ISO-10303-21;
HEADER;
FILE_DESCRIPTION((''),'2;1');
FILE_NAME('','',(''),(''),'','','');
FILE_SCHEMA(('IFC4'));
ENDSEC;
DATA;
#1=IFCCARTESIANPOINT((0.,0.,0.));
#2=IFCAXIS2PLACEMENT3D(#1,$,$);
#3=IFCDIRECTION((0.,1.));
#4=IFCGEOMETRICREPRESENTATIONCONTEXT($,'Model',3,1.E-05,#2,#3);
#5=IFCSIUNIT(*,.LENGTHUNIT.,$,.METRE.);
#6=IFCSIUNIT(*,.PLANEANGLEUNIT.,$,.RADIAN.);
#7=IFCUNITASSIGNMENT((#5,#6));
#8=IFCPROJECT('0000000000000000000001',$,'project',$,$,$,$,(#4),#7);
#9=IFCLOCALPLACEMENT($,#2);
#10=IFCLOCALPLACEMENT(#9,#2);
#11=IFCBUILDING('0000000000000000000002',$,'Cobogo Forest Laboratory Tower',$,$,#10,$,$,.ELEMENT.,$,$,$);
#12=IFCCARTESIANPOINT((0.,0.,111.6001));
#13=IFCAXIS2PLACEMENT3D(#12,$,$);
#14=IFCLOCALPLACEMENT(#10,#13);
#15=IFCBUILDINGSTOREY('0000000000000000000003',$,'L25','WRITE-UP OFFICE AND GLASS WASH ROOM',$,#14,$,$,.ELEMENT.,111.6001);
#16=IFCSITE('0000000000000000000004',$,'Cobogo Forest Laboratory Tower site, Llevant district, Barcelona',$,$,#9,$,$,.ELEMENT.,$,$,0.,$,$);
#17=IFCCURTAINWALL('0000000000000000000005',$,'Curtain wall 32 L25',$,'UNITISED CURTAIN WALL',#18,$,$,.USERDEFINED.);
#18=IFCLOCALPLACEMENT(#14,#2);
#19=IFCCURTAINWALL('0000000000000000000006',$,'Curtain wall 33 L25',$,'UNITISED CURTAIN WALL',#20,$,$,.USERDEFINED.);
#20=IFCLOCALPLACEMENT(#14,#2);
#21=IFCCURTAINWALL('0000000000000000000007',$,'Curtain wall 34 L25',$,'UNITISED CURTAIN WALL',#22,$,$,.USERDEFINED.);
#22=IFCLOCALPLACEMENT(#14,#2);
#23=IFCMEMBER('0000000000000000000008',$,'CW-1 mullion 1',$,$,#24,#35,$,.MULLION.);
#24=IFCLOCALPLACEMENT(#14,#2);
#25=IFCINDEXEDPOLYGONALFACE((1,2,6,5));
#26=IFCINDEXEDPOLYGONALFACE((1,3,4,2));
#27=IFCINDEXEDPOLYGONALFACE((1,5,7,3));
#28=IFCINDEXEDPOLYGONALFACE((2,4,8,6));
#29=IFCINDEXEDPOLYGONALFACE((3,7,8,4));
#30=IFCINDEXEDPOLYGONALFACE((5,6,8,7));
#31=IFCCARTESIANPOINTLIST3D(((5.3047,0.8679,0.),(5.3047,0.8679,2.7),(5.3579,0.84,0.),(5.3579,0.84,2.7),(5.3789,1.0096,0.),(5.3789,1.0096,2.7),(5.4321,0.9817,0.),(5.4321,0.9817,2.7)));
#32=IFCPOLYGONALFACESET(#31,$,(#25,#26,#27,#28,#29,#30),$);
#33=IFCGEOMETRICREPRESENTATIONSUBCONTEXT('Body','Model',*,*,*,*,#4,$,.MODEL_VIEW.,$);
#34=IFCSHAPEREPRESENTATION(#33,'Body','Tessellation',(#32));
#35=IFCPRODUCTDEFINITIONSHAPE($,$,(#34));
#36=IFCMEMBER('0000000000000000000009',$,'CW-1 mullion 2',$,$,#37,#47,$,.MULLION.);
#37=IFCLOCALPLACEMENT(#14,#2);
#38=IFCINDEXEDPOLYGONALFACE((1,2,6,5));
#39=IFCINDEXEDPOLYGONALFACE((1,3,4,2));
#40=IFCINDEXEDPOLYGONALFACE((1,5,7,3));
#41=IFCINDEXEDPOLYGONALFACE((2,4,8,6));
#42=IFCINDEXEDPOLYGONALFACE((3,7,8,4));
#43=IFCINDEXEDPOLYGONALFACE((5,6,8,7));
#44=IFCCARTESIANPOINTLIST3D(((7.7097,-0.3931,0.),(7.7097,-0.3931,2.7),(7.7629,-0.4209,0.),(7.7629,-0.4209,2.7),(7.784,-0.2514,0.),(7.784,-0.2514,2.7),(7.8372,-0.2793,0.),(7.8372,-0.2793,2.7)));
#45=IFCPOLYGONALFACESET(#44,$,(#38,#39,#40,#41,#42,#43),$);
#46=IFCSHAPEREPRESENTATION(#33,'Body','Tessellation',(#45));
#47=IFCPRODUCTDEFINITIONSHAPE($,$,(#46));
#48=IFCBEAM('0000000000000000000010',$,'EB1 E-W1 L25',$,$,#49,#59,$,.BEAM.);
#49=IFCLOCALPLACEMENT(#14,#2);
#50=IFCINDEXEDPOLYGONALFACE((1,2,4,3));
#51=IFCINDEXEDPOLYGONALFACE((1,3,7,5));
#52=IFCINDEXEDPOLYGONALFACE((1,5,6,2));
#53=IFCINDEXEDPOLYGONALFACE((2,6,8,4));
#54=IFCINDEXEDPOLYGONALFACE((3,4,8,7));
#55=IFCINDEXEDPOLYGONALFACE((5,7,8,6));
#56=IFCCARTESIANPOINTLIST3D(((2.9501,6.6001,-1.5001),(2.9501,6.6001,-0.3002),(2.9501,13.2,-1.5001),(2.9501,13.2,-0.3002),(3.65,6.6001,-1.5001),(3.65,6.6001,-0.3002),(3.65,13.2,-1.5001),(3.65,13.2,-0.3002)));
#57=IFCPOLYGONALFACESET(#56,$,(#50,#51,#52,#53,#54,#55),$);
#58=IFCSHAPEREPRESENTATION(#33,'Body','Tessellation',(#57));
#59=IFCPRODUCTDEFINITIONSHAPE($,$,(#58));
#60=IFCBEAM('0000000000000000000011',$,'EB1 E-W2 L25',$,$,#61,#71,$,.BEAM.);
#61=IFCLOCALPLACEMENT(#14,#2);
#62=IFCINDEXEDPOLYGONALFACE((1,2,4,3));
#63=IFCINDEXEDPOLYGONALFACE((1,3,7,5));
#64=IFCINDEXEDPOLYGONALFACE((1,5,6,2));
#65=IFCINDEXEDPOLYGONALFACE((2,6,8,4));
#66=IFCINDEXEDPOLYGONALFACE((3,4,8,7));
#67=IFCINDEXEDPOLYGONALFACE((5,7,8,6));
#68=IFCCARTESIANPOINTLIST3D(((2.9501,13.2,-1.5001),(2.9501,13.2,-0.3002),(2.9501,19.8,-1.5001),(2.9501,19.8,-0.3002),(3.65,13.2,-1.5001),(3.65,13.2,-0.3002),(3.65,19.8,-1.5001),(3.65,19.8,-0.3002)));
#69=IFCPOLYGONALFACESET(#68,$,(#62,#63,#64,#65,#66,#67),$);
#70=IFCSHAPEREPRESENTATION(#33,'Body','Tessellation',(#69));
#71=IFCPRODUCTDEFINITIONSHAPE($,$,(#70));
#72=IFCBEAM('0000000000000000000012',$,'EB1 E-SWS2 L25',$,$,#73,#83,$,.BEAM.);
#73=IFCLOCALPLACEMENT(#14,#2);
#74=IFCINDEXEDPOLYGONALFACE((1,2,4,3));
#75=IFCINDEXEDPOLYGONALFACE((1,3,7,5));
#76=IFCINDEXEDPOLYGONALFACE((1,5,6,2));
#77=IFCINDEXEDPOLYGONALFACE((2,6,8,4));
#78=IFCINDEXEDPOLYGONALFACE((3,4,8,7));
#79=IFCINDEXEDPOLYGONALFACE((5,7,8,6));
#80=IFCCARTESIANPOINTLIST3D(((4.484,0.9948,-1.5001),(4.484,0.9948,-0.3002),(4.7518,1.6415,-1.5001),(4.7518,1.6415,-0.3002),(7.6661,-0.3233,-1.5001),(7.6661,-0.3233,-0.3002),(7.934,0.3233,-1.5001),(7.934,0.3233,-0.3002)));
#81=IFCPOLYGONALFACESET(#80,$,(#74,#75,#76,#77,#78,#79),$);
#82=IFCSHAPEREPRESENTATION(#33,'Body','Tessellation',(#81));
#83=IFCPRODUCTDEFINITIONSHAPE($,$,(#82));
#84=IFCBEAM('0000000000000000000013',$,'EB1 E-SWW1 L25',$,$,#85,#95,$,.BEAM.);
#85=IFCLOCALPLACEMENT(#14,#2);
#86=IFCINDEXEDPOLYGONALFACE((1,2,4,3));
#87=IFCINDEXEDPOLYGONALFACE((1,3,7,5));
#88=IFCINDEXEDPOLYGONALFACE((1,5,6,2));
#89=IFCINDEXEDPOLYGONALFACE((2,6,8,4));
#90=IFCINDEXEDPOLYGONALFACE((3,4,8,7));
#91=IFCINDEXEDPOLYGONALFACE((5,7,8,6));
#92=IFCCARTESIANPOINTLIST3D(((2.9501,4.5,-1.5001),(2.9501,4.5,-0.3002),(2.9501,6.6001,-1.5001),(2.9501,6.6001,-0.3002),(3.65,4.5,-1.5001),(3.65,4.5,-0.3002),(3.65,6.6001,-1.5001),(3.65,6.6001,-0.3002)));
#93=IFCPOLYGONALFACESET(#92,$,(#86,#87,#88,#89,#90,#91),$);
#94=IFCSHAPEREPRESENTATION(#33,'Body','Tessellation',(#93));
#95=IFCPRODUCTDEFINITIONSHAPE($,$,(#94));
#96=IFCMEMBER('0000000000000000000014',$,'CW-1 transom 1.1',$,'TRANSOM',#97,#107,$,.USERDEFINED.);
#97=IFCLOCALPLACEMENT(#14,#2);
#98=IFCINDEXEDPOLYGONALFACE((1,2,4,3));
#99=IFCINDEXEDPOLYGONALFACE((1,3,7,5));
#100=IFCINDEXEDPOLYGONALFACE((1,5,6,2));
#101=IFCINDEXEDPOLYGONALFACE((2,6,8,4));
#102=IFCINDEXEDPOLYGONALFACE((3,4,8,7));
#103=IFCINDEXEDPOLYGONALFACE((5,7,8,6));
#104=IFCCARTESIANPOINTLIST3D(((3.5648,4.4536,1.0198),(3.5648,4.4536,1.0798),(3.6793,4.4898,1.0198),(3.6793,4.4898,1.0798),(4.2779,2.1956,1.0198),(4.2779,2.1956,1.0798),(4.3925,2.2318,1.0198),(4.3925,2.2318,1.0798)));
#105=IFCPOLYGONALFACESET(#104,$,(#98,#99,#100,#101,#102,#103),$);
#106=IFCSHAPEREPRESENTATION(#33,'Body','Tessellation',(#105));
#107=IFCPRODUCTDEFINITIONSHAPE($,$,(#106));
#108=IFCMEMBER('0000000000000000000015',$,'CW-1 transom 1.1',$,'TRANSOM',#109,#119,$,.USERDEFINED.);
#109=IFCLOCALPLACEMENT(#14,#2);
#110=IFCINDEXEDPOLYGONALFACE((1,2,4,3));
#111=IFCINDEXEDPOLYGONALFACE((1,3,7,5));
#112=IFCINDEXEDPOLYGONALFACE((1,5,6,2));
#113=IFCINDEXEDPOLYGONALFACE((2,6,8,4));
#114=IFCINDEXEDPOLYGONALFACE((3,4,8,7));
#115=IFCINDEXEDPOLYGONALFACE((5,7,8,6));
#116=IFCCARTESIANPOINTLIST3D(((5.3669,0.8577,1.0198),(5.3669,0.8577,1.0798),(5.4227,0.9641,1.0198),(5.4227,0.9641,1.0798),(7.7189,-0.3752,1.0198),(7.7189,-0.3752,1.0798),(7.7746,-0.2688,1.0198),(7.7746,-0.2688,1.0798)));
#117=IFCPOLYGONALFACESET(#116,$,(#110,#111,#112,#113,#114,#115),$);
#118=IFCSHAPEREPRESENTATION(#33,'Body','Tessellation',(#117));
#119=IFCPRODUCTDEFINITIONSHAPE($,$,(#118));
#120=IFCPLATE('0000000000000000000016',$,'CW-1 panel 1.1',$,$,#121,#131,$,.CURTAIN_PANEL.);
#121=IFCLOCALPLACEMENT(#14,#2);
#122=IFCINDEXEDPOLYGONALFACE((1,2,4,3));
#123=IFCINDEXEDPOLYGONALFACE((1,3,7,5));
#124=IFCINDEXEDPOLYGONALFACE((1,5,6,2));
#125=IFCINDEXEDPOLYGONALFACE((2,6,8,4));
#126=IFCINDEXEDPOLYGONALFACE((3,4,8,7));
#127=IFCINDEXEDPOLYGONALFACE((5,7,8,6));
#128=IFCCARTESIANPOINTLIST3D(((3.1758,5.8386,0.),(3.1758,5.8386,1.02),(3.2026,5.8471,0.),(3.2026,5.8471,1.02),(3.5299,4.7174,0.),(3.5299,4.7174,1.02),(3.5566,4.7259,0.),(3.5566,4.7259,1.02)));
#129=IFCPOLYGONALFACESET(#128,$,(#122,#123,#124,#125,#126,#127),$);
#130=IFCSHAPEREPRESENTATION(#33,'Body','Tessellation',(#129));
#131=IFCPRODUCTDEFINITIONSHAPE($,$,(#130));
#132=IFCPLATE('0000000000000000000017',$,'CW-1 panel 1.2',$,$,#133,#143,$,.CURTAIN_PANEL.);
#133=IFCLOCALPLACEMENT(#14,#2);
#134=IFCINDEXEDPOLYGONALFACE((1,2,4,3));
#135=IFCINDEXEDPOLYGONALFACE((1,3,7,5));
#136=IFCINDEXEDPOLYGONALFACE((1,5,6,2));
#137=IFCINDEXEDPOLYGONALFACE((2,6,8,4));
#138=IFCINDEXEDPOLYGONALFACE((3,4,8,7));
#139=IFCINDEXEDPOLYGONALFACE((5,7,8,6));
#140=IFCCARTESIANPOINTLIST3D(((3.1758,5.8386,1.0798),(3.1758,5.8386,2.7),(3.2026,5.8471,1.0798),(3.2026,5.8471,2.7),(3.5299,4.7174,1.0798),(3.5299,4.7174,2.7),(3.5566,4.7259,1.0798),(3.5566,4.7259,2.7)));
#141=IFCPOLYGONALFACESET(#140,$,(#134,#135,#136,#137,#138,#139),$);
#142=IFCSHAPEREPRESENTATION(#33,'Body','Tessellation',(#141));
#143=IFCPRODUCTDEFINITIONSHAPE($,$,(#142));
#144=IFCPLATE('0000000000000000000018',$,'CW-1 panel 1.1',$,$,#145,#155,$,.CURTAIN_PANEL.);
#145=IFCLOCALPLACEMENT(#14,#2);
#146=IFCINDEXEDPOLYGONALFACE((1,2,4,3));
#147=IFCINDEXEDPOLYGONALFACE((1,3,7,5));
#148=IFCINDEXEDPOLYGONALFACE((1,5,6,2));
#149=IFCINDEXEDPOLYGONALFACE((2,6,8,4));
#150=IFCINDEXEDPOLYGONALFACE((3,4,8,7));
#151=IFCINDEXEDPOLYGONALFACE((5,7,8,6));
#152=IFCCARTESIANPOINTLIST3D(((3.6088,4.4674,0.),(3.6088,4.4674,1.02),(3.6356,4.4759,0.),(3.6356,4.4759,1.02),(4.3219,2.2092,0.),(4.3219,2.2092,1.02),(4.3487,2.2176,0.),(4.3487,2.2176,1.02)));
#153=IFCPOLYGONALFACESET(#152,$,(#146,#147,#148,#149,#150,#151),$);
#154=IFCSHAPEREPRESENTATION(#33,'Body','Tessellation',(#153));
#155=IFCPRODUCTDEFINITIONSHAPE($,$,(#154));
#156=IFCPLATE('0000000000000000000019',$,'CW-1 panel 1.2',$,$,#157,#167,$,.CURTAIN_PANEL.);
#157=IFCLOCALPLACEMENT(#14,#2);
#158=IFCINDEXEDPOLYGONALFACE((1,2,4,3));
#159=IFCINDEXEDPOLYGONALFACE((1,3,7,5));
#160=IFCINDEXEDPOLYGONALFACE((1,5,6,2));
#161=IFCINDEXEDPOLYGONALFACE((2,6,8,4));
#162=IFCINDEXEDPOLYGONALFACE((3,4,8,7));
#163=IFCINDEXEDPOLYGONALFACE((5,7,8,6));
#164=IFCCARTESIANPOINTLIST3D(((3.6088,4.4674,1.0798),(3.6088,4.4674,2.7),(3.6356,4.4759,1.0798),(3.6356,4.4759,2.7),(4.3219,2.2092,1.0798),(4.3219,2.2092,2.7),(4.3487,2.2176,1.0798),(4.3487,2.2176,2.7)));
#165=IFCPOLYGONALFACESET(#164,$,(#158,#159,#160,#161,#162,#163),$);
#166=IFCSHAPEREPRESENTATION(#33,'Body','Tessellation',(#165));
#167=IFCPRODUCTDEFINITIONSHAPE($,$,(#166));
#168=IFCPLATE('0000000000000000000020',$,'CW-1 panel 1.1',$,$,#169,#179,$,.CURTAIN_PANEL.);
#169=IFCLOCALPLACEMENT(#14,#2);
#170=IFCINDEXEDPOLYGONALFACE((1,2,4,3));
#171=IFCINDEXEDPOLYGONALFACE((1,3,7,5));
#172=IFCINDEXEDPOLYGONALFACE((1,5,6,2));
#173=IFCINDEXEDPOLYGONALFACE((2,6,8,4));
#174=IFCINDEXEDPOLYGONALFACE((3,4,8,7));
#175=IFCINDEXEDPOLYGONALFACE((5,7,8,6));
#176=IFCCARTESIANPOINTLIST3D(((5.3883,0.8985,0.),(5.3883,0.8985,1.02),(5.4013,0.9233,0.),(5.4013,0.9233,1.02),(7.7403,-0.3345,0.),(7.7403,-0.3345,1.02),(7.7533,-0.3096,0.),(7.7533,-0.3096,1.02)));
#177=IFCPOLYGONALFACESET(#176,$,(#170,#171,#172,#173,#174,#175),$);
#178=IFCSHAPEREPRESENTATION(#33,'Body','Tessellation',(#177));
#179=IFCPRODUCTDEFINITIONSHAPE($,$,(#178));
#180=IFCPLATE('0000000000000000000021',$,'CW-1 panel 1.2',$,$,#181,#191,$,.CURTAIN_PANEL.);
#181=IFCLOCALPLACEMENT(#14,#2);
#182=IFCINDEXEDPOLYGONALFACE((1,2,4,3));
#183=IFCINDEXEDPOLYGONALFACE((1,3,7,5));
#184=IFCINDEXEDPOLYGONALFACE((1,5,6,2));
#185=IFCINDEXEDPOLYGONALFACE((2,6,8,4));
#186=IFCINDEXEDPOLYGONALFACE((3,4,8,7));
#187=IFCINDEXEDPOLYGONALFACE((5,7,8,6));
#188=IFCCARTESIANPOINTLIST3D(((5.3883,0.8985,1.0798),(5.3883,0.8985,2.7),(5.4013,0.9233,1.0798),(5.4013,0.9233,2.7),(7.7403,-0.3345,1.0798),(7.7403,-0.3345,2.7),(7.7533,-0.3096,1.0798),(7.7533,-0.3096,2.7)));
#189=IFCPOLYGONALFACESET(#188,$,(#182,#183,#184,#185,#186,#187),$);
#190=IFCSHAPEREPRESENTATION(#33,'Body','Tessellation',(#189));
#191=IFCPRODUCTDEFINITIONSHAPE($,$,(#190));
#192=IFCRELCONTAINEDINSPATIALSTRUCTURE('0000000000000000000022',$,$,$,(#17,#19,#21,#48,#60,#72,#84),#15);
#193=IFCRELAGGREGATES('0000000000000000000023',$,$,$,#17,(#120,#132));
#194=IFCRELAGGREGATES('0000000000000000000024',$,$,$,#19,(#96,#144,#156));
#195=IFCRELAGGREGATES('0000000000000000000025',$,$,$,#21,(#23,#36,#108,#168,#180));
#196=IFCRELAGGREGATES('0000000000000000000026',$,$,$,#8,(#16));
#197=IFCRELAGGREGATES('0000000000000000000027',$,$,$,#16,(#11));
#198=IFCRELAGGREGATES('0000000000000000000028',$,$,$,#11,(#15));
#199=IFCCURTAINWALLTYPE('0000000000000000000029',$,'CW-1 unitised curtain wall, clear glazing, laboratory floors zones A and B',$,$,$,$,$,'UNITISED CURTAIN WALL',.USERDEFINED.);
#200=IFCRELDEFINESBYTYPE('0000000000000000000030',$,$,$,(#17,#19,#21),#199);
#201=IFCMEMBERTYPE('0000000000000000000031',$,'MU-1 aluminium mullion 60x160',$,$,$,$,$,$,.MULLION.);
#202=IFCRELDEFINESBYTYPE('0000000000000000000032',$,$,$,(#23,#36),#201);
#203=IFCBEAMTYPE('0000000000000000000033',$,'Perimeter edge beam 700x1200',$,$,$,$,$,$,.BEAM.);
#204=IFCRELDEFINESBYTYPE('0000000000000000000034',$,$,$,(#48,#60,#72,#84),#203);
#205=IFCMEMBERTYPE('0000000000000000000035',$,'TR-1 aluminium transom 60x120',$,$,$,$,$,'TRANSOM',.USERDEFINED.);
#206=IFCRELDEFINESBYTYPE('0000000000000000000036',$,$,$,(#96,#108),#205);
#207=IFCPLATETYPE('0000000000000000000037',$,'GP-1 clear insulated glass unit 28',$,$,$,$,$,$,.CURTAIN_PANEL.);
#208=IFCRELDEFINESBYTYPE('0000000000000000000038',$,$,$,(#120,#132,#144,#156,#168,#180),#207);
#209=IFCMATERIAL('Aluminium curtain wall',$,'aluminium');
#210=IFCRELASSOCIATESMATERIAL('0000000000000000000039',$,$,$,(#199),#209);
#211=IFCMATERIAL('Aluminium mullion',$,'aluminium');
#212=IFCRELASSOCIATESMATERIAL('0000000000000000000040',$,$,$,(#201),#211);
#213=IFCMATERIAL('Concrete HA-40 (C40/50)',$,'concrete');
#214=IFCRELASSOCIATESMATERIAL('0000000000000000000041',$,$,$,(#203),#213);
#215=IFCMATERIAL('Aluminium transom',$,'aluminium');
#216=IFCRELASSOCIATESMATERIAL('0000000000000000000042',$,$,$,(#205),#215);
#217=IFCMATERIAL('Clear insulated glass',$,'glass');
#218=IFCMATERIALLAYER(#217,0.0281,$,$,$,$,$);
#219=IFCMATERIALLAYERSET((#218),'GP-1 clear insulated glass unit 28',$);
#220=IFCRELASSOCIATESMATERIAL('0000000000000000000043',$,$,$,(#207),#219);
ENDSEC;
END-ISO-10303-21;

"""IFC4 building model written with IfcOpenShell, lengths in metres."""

from ifc_helpers import new_model, si_unit, direction, frame, origin, origin_2d, place, context, subcontext, project, spatial, rectangle, extrude, material, layer, layer_set, material_profile, profile_set, type_object, element, aggregate, save


model = new_model("IFC4")

# Units and contexts
model_context = context("Model", 3, precision=1e-05, world=origin(), true_north=direction((0.0, 1.0)))
body_context = subcontext(model_context, "Body", "Model", "MODEL_VIEW")
ifc_project = project(units=[si_unit("LENGTHUNIT", "METRE"), si_unit("PLANEANGLEUNIT", "RADIAN")], contexts=[model_context])

# Site, building, storey
site_placement = place(None, origin())
site = spatial("IfcSite", under=ifc_project, at=site_placement, Name="Cobogo Forest Laboratory Tower site, Llevant district, Barcelona", CompositionType="ELEMENT", RefElevation=0.0)
building_placement = place(site_placement, origin())
building = spatial("IfcBuilding", under=site, at=building_placement, Name="Cobogo Forest Laboratory Tower", CompositionType="ELEMENT")
storey_placement = place(building_placement, frame((0.0, 0.0, 111.6001)))
storey = spatial("IfcBuildingStorey", under=building, at=storey_placement, Name="L25", Description="WRITE-UP OFFICE AND GLASS WASH ROOM", CompositionType="ELEMENT", Elevation=111.6001)

# Shared definitions
ifc_material_1 = material(Name="Concrete HA-40 (C40/50)", Category="concrete")

# Curtain wall
ifc_material_2 = material(Name="Aluminium curtain wall", Category="aluminium")
curtain_wall_type = type_object("IfcCurtainWallType", Name="CW-1 unitised curtain wall, clear glazing, laboratory floors zones A and B", ElementType="UNITISED CURTAIN WALL", PredefinedType="USERDEFINED", material=ifc_material_2)
ifc_material_3 = material(Name="Aluminium mullion", Category="aluminium")
ifc_material_profile_1 = material_profile(ifc_material_3, rectangle(XDim=0.0601, YDim=0.1599, at=origin_2d()), Name="AL 60x160")
ifc_profile_set_1 = profile_set([ifc_material_profile_1], Name="Aluminium mullion")
member_type_1 = type_object("IfcMemberType", Name="MU-1 aluminium mullion 60x160", PredefinedType="MULLION", material=ifc_profile_set_1)
curtain_wall_1_placement = place(storey_placement, origin())
curtain_wall_1 = element("IfcCurtainWall", 1, at=curtain_wall_1_placement, inside=storey, type_object=curtain_wall_type, Name="Curtain wall 32 L25", ObjectType="UNITISED CURTAIN WALL", PredefinedType="USERDEFINED")

# Curtain walls, members
curtain_wall_2_placement = place(storey_placement, origin())
curtain_wall_2 = element("IfcCurtainWall", 2, at=curtain_wall_2_placement, inside=storey, type_object=curtain_wall_type, Name="Curtain wall 33 L25", ObjectType="UNITISED CURTAIN WALL", PredefinedType="USERDEFINED")
curtain_wall_3_placement = place(storey_placement, origin())
curtain_wall_3 = element("IfcCurtainWall", 3, at=curtain_wall_3_placement, inside=storey, type_object=curtain_wall_type, Name="Curtain wall 34 L25", ObjectType="UNITISED CURTAIN WALL", PredefinedType="USERDEFINED")
member_1_placement = place(storey_placement, frame((5.3684, 0.9248, 0.0), z_axis=(0.0, 0.0, 1.0), x_axis=(0.885687, -0.464284, 0.0)))
member_1 = element("IfcMember", 4, at=member_1_placement, type_object=member_type_1, Name="CW-1 mullion 1", PredefinedType="MULLION", context=body_context, shape_type="SweptSolid", body=[
    extrude(rectangle(XDim=0.0601, YDim=0.1599, at=origin_2d()), origin(), (0.0, 0.0, 1.0), 2.7),
])
member_2_placement = place(storey_placement, frame((7.7734, -0.3362, 0.0), z_axis=(0.0, 0.0, 1.0), x_axis=(0.885687, -0.464284, 0.0)))
member_2 = element("IfcMember", 5, at=member_2_placement, type_object=member_type_1, Name="CW-1 mullion 2", PredefinedType="MULLION", context=body_context, shape_type="SweptSolid", body=[
    extrude(rectangle(XDim=0.0601, YDim=0.1599, at=origin_2d()), origin(), (0.0, 0.0, 1.0), 2.7),
])

# Beams
ifc_material_profile_2 = material_profile(ifc_material_1, rectangle(XDim=0.7, YDim=1.2, at=origin_2d()), Name="RC 700x1200")
ifc_profile_set_2 = profile_set([ifc_material_profile_2], Name="Concrete HA-40 (C40/50)")
beam_type_1 = type_object("IfcBeamType", Name="Perimeter edge beam 700x1200", PredefinedType="BEAM", material=ifc_profile_set_2)
beam_1_placement = place(storey_placement, frame((3.3, 6.6001, -0.9001), z_axis=(0.0, 1.0, 0.0), x_axis=(-1.0, 0.0, 0.0)))
element("IfcBeam", 6, at=beam_1_placement, inside=storey, type_object=beam_type_1, Name="EB1 E-W1 L25", PredefinedType="BEAM", context=body_context, shape_type="SweptSolid", body=[
    extrude(rectangle(XDim=0.7, YDim=1.2, at=origin_2d()), origin(), (0.0, 0.0, 1.0), 6.5999),
])
beam_2_placement = place(storey_placement, frame((3.3, 13.2, -0.9001), z_axis=(0.0, 1.0, 0.0), x_axis=(-1.0, 0.0, 0.0)))
element("IfcBeam", 7, at=beam_2_placement, inside=storey, type_object=beam_type_1, Name="EB1 E-W2 L25", PredefinedType="BEAM", context=body_context, shape_type="SweptSolid", body=[
    extrude(rectangle(XDim=0.7, YDim=1.2, at=origin_2d()), origin(), (0.0, 0.0, 1.0), 6.6001),
])
beam_3_placement = place(storey_placement, frame((7.8, 0.0, -0.9001), z_axis=(-0.923876, 0.382692, 0.0), x_axis=(-0.382692, -0.923876, 0.0)))
element("IfcBeam", 8, at=beam_3_placement, inside=storey, type_object=beam_type_1, Name="EB1 E-SWS2 L25", PredefinedType="BEAM", context=body_context, shape_type="SweptSolid", body=[
    extrude(rectangle(XDim=0.7, YDim=1.2, at=origin_2d()), origin(), (0.0, 0.0, 1.0), 3.4443),
])
beam_4_placement = place(storey_placement, frame((3.3, 6.6001, -0.9001), z_axis=(0.0, -1.0, 0.0), x_axis=(1.0, 0.0, 0.0)))
element("IfcBeam", 9, at=beam_4_placement, inside=storey, type_object=beam_type_1, Name="EB1 E-SWW1 L25", PredefinedType="BEAM", context=body_context, shape_type="SweptSolid", body=[
    extrude(rectangle(XDim=0.7, YDim=1.2, at=origin_2d()), origin(), (0.0, 0.0, 1.0), 2.1001),
])

# Members
ifc_material_4 = material(Name="Aluminium transom", Category="aluminium")
ifc_material_profile_3 = material_profile(ifc_material_4, rectangle(XDim=0.1201, YDim=0.0601, at=origin_2d()), Name="AL 60x120")
ifc_profile_set_3 = profile_set([ifc_material_profile_3], Name="Aluminium transom")
member_type_2 = type_object("IfcMemberType", Name="TR-1 aluminium transom 60x120", ElementType="TRANSOM", PredefinedType="USERDEFINED", material=ifc_profile_set_3)
member_3_placement = place(storey_placement, frame((3.6221, 4.4717, 1.0498), z_axis=(0.301156, -0.953575, 0.0), x_axis=(0.953575, 0.301156, 0.0)))
member_3 = element("IfcMember", 10, at=member_3_placement, type_object=member_type_2, Name="CW-1 transom 1.1", ObjectType="TRANSOM", PredefinedType="USERDEFINED", context=body_context, shape_type="SweptSolid", body=[
    extrude(rectangle(XDim=0.1201, YDim=0.0601, at=origin_2d()), origin(), (0.0, 0.0, 1.0), 2.3679),
])
member_4_placement = place(storey_placement, frame((5.3948, 0.9109, 1.0498), z_axis=(0.885695, -0.464268, 0.0), x_axis=(0.464268, 0.885695, 0.0)))
member_4 = element("IfcMember", 11, at=member_4_placement, type_object=member_type_2, Name="CW-1 transom 1.1", ObjectType="TRANSOM", PredefinedType="USERDEFINED", context=body_context, shape_type="SweptSolid", body=[
    extrude(rectangle(XDim=0.1201, YDim=0.0601, at=origin_2d()), origin(), (0.0, 0.0, 1.0), 2.6555),
])

# Plates
ifc_material_5 = material(Name="Clear insulated glass", Category="glass")
ifc_layer_1 = layer(ifc_material_5, 0.0281)
ifc_layer_set_1 = layer_set([ifc_layer_1], Name="GP-1 clear insulated glass unit 28")
plate_type = type_object("IfcPlateType", Name="GP-1 clear insulated glass unit 28", PredefinedType="CURTAIN_PANEL", material=ifc_layer_set_1)
plate_1_placement = place(storey_placement, frame((3.3662, 5.2822, 0.0), z_axis=(0.0, 0.0, 1.0), x_axis=(0.301135, -0.953581, 0.0)))
plate_1 = element("IfcPlate", 12, at=plate_1_placement, type_object=plate_type, Name="CW-1 panel 1.1", PredefinedType="CURTAIN_PANEL", context=body_context, shape_type="SweptSolid", body=[
    extrude(rectangle(XDim=1.1758, YDim=0.0281, at=origin_2d()), origin(), (0.0, 0.0, 1.0), 1.02),
])
plate_2_placement = place(storey_placement, frame((3.3662, 5.2822, 1.0798), z_axis=(0.0, 0.0, 1.0), x_axis=(0.301135, -0.953581, 0.0)))
plate_2 = element("IfcPlate", 13, at=plate_2_placement, type_object=plate_type, Name="CW-1 panel 1.2", PredefinedType="CURTAIN_PANEL", context=body_context, shape_type="SweptSolid", body=[
    extrude(rectangle(XDim=1.1758, YDim=0.0281, at=origin_2d()), origin(), (0.0, 0.0, 1.0), 1.6201),
])
aggregate(curtain_wall_1, [plate_1, plate_2])
plate_3_placement = place(storey_placement, frame((3.9788, 3.3425, 0.0), z_axis=(0.0, 0.0, 1.0), x_axis=(0.301135, -0.953581, 0.0)))
plate_3 = element("IfcPlate", 14, at=plate_3_placement, type_object=plate_type, Name="CW-1 panel 1.1", PredefinedType="CURTAIN_PANEL", context=body_context, shape_type="SweptSolid", body=[
    extrude(rectangle(XDim=2.3682, YDim=0.0281, at=origin_2d()), origin(), (0.0, 0.0, 1.0), 1.02),
])
plate_4_placement = place(storey_placement, frame((3.9788, 3.3425, 1.0798), z_axis=(0.0, 0.0, 1.0), x_axis=(0.301135, -0.953581, 0.0)))
plate_4 = element("IfcPlate", 15, at=plate_4_placement, type_object=plate_type, Name="CW-1 panel 1.2", PredefinedType="CURTAIN_PANEL", context=body_context, shape_type="SweptSolid", body=[
    extrude(rectangle(XDim=2.3682, YDim=0.0281, at=origin_2d()), origin(), (0.0, 0.0, 1.0), 1.6201),
])
aggregate(curtain_wall_2, [member_3, plate_3, plate_4])
plate_5_placement = place(storey_placement, frame((6.5708, 0.2944, 0.0), z_axis=(0.0, 0.0, 1.0), x_axis=(0.885687, -0.464284, 0.0)))
plate_5 = element("IfcPlate", 16, at=plate_5_placement, type_object=plate_type, Name="CW-1 panel 1.1", PredefinedType="CURTAIN_PANEL", context=body_context, shape_type="SweptSolid", body=[
    extrude(rectangle(XDim=2.6555, YDim=0.0281, at=origin_2d()), origin(), (0.0, 0.0, 1.0), 1.02),
])
plate_6_placement = place(storey_placement, frame((6.5708, 0.2944, 1.0798), z_axis=(0.0, 0.0, 1.0), x_axis=(0.885687, -0.464284, 0.0)))
plate_6 = element("IfcPlate", 17, at=plate_6_placement, type_object=plate_type, Name="CW-1 panel 1.2", PredefinedType="CURTAIN_PANEL", context=body_context, shape_type="SweptSolid", body=[
    extrude(rectangle(XDim=2.6555, YDim=0.0281, at=origin_2d()), origin(), (0.0, 0.0, 1.0), 1.6201),
])
aggregate(curtain_wall_3, [member_1, member_2, member_4, plate_5, plate_6])

save(model, "model.ifc")
